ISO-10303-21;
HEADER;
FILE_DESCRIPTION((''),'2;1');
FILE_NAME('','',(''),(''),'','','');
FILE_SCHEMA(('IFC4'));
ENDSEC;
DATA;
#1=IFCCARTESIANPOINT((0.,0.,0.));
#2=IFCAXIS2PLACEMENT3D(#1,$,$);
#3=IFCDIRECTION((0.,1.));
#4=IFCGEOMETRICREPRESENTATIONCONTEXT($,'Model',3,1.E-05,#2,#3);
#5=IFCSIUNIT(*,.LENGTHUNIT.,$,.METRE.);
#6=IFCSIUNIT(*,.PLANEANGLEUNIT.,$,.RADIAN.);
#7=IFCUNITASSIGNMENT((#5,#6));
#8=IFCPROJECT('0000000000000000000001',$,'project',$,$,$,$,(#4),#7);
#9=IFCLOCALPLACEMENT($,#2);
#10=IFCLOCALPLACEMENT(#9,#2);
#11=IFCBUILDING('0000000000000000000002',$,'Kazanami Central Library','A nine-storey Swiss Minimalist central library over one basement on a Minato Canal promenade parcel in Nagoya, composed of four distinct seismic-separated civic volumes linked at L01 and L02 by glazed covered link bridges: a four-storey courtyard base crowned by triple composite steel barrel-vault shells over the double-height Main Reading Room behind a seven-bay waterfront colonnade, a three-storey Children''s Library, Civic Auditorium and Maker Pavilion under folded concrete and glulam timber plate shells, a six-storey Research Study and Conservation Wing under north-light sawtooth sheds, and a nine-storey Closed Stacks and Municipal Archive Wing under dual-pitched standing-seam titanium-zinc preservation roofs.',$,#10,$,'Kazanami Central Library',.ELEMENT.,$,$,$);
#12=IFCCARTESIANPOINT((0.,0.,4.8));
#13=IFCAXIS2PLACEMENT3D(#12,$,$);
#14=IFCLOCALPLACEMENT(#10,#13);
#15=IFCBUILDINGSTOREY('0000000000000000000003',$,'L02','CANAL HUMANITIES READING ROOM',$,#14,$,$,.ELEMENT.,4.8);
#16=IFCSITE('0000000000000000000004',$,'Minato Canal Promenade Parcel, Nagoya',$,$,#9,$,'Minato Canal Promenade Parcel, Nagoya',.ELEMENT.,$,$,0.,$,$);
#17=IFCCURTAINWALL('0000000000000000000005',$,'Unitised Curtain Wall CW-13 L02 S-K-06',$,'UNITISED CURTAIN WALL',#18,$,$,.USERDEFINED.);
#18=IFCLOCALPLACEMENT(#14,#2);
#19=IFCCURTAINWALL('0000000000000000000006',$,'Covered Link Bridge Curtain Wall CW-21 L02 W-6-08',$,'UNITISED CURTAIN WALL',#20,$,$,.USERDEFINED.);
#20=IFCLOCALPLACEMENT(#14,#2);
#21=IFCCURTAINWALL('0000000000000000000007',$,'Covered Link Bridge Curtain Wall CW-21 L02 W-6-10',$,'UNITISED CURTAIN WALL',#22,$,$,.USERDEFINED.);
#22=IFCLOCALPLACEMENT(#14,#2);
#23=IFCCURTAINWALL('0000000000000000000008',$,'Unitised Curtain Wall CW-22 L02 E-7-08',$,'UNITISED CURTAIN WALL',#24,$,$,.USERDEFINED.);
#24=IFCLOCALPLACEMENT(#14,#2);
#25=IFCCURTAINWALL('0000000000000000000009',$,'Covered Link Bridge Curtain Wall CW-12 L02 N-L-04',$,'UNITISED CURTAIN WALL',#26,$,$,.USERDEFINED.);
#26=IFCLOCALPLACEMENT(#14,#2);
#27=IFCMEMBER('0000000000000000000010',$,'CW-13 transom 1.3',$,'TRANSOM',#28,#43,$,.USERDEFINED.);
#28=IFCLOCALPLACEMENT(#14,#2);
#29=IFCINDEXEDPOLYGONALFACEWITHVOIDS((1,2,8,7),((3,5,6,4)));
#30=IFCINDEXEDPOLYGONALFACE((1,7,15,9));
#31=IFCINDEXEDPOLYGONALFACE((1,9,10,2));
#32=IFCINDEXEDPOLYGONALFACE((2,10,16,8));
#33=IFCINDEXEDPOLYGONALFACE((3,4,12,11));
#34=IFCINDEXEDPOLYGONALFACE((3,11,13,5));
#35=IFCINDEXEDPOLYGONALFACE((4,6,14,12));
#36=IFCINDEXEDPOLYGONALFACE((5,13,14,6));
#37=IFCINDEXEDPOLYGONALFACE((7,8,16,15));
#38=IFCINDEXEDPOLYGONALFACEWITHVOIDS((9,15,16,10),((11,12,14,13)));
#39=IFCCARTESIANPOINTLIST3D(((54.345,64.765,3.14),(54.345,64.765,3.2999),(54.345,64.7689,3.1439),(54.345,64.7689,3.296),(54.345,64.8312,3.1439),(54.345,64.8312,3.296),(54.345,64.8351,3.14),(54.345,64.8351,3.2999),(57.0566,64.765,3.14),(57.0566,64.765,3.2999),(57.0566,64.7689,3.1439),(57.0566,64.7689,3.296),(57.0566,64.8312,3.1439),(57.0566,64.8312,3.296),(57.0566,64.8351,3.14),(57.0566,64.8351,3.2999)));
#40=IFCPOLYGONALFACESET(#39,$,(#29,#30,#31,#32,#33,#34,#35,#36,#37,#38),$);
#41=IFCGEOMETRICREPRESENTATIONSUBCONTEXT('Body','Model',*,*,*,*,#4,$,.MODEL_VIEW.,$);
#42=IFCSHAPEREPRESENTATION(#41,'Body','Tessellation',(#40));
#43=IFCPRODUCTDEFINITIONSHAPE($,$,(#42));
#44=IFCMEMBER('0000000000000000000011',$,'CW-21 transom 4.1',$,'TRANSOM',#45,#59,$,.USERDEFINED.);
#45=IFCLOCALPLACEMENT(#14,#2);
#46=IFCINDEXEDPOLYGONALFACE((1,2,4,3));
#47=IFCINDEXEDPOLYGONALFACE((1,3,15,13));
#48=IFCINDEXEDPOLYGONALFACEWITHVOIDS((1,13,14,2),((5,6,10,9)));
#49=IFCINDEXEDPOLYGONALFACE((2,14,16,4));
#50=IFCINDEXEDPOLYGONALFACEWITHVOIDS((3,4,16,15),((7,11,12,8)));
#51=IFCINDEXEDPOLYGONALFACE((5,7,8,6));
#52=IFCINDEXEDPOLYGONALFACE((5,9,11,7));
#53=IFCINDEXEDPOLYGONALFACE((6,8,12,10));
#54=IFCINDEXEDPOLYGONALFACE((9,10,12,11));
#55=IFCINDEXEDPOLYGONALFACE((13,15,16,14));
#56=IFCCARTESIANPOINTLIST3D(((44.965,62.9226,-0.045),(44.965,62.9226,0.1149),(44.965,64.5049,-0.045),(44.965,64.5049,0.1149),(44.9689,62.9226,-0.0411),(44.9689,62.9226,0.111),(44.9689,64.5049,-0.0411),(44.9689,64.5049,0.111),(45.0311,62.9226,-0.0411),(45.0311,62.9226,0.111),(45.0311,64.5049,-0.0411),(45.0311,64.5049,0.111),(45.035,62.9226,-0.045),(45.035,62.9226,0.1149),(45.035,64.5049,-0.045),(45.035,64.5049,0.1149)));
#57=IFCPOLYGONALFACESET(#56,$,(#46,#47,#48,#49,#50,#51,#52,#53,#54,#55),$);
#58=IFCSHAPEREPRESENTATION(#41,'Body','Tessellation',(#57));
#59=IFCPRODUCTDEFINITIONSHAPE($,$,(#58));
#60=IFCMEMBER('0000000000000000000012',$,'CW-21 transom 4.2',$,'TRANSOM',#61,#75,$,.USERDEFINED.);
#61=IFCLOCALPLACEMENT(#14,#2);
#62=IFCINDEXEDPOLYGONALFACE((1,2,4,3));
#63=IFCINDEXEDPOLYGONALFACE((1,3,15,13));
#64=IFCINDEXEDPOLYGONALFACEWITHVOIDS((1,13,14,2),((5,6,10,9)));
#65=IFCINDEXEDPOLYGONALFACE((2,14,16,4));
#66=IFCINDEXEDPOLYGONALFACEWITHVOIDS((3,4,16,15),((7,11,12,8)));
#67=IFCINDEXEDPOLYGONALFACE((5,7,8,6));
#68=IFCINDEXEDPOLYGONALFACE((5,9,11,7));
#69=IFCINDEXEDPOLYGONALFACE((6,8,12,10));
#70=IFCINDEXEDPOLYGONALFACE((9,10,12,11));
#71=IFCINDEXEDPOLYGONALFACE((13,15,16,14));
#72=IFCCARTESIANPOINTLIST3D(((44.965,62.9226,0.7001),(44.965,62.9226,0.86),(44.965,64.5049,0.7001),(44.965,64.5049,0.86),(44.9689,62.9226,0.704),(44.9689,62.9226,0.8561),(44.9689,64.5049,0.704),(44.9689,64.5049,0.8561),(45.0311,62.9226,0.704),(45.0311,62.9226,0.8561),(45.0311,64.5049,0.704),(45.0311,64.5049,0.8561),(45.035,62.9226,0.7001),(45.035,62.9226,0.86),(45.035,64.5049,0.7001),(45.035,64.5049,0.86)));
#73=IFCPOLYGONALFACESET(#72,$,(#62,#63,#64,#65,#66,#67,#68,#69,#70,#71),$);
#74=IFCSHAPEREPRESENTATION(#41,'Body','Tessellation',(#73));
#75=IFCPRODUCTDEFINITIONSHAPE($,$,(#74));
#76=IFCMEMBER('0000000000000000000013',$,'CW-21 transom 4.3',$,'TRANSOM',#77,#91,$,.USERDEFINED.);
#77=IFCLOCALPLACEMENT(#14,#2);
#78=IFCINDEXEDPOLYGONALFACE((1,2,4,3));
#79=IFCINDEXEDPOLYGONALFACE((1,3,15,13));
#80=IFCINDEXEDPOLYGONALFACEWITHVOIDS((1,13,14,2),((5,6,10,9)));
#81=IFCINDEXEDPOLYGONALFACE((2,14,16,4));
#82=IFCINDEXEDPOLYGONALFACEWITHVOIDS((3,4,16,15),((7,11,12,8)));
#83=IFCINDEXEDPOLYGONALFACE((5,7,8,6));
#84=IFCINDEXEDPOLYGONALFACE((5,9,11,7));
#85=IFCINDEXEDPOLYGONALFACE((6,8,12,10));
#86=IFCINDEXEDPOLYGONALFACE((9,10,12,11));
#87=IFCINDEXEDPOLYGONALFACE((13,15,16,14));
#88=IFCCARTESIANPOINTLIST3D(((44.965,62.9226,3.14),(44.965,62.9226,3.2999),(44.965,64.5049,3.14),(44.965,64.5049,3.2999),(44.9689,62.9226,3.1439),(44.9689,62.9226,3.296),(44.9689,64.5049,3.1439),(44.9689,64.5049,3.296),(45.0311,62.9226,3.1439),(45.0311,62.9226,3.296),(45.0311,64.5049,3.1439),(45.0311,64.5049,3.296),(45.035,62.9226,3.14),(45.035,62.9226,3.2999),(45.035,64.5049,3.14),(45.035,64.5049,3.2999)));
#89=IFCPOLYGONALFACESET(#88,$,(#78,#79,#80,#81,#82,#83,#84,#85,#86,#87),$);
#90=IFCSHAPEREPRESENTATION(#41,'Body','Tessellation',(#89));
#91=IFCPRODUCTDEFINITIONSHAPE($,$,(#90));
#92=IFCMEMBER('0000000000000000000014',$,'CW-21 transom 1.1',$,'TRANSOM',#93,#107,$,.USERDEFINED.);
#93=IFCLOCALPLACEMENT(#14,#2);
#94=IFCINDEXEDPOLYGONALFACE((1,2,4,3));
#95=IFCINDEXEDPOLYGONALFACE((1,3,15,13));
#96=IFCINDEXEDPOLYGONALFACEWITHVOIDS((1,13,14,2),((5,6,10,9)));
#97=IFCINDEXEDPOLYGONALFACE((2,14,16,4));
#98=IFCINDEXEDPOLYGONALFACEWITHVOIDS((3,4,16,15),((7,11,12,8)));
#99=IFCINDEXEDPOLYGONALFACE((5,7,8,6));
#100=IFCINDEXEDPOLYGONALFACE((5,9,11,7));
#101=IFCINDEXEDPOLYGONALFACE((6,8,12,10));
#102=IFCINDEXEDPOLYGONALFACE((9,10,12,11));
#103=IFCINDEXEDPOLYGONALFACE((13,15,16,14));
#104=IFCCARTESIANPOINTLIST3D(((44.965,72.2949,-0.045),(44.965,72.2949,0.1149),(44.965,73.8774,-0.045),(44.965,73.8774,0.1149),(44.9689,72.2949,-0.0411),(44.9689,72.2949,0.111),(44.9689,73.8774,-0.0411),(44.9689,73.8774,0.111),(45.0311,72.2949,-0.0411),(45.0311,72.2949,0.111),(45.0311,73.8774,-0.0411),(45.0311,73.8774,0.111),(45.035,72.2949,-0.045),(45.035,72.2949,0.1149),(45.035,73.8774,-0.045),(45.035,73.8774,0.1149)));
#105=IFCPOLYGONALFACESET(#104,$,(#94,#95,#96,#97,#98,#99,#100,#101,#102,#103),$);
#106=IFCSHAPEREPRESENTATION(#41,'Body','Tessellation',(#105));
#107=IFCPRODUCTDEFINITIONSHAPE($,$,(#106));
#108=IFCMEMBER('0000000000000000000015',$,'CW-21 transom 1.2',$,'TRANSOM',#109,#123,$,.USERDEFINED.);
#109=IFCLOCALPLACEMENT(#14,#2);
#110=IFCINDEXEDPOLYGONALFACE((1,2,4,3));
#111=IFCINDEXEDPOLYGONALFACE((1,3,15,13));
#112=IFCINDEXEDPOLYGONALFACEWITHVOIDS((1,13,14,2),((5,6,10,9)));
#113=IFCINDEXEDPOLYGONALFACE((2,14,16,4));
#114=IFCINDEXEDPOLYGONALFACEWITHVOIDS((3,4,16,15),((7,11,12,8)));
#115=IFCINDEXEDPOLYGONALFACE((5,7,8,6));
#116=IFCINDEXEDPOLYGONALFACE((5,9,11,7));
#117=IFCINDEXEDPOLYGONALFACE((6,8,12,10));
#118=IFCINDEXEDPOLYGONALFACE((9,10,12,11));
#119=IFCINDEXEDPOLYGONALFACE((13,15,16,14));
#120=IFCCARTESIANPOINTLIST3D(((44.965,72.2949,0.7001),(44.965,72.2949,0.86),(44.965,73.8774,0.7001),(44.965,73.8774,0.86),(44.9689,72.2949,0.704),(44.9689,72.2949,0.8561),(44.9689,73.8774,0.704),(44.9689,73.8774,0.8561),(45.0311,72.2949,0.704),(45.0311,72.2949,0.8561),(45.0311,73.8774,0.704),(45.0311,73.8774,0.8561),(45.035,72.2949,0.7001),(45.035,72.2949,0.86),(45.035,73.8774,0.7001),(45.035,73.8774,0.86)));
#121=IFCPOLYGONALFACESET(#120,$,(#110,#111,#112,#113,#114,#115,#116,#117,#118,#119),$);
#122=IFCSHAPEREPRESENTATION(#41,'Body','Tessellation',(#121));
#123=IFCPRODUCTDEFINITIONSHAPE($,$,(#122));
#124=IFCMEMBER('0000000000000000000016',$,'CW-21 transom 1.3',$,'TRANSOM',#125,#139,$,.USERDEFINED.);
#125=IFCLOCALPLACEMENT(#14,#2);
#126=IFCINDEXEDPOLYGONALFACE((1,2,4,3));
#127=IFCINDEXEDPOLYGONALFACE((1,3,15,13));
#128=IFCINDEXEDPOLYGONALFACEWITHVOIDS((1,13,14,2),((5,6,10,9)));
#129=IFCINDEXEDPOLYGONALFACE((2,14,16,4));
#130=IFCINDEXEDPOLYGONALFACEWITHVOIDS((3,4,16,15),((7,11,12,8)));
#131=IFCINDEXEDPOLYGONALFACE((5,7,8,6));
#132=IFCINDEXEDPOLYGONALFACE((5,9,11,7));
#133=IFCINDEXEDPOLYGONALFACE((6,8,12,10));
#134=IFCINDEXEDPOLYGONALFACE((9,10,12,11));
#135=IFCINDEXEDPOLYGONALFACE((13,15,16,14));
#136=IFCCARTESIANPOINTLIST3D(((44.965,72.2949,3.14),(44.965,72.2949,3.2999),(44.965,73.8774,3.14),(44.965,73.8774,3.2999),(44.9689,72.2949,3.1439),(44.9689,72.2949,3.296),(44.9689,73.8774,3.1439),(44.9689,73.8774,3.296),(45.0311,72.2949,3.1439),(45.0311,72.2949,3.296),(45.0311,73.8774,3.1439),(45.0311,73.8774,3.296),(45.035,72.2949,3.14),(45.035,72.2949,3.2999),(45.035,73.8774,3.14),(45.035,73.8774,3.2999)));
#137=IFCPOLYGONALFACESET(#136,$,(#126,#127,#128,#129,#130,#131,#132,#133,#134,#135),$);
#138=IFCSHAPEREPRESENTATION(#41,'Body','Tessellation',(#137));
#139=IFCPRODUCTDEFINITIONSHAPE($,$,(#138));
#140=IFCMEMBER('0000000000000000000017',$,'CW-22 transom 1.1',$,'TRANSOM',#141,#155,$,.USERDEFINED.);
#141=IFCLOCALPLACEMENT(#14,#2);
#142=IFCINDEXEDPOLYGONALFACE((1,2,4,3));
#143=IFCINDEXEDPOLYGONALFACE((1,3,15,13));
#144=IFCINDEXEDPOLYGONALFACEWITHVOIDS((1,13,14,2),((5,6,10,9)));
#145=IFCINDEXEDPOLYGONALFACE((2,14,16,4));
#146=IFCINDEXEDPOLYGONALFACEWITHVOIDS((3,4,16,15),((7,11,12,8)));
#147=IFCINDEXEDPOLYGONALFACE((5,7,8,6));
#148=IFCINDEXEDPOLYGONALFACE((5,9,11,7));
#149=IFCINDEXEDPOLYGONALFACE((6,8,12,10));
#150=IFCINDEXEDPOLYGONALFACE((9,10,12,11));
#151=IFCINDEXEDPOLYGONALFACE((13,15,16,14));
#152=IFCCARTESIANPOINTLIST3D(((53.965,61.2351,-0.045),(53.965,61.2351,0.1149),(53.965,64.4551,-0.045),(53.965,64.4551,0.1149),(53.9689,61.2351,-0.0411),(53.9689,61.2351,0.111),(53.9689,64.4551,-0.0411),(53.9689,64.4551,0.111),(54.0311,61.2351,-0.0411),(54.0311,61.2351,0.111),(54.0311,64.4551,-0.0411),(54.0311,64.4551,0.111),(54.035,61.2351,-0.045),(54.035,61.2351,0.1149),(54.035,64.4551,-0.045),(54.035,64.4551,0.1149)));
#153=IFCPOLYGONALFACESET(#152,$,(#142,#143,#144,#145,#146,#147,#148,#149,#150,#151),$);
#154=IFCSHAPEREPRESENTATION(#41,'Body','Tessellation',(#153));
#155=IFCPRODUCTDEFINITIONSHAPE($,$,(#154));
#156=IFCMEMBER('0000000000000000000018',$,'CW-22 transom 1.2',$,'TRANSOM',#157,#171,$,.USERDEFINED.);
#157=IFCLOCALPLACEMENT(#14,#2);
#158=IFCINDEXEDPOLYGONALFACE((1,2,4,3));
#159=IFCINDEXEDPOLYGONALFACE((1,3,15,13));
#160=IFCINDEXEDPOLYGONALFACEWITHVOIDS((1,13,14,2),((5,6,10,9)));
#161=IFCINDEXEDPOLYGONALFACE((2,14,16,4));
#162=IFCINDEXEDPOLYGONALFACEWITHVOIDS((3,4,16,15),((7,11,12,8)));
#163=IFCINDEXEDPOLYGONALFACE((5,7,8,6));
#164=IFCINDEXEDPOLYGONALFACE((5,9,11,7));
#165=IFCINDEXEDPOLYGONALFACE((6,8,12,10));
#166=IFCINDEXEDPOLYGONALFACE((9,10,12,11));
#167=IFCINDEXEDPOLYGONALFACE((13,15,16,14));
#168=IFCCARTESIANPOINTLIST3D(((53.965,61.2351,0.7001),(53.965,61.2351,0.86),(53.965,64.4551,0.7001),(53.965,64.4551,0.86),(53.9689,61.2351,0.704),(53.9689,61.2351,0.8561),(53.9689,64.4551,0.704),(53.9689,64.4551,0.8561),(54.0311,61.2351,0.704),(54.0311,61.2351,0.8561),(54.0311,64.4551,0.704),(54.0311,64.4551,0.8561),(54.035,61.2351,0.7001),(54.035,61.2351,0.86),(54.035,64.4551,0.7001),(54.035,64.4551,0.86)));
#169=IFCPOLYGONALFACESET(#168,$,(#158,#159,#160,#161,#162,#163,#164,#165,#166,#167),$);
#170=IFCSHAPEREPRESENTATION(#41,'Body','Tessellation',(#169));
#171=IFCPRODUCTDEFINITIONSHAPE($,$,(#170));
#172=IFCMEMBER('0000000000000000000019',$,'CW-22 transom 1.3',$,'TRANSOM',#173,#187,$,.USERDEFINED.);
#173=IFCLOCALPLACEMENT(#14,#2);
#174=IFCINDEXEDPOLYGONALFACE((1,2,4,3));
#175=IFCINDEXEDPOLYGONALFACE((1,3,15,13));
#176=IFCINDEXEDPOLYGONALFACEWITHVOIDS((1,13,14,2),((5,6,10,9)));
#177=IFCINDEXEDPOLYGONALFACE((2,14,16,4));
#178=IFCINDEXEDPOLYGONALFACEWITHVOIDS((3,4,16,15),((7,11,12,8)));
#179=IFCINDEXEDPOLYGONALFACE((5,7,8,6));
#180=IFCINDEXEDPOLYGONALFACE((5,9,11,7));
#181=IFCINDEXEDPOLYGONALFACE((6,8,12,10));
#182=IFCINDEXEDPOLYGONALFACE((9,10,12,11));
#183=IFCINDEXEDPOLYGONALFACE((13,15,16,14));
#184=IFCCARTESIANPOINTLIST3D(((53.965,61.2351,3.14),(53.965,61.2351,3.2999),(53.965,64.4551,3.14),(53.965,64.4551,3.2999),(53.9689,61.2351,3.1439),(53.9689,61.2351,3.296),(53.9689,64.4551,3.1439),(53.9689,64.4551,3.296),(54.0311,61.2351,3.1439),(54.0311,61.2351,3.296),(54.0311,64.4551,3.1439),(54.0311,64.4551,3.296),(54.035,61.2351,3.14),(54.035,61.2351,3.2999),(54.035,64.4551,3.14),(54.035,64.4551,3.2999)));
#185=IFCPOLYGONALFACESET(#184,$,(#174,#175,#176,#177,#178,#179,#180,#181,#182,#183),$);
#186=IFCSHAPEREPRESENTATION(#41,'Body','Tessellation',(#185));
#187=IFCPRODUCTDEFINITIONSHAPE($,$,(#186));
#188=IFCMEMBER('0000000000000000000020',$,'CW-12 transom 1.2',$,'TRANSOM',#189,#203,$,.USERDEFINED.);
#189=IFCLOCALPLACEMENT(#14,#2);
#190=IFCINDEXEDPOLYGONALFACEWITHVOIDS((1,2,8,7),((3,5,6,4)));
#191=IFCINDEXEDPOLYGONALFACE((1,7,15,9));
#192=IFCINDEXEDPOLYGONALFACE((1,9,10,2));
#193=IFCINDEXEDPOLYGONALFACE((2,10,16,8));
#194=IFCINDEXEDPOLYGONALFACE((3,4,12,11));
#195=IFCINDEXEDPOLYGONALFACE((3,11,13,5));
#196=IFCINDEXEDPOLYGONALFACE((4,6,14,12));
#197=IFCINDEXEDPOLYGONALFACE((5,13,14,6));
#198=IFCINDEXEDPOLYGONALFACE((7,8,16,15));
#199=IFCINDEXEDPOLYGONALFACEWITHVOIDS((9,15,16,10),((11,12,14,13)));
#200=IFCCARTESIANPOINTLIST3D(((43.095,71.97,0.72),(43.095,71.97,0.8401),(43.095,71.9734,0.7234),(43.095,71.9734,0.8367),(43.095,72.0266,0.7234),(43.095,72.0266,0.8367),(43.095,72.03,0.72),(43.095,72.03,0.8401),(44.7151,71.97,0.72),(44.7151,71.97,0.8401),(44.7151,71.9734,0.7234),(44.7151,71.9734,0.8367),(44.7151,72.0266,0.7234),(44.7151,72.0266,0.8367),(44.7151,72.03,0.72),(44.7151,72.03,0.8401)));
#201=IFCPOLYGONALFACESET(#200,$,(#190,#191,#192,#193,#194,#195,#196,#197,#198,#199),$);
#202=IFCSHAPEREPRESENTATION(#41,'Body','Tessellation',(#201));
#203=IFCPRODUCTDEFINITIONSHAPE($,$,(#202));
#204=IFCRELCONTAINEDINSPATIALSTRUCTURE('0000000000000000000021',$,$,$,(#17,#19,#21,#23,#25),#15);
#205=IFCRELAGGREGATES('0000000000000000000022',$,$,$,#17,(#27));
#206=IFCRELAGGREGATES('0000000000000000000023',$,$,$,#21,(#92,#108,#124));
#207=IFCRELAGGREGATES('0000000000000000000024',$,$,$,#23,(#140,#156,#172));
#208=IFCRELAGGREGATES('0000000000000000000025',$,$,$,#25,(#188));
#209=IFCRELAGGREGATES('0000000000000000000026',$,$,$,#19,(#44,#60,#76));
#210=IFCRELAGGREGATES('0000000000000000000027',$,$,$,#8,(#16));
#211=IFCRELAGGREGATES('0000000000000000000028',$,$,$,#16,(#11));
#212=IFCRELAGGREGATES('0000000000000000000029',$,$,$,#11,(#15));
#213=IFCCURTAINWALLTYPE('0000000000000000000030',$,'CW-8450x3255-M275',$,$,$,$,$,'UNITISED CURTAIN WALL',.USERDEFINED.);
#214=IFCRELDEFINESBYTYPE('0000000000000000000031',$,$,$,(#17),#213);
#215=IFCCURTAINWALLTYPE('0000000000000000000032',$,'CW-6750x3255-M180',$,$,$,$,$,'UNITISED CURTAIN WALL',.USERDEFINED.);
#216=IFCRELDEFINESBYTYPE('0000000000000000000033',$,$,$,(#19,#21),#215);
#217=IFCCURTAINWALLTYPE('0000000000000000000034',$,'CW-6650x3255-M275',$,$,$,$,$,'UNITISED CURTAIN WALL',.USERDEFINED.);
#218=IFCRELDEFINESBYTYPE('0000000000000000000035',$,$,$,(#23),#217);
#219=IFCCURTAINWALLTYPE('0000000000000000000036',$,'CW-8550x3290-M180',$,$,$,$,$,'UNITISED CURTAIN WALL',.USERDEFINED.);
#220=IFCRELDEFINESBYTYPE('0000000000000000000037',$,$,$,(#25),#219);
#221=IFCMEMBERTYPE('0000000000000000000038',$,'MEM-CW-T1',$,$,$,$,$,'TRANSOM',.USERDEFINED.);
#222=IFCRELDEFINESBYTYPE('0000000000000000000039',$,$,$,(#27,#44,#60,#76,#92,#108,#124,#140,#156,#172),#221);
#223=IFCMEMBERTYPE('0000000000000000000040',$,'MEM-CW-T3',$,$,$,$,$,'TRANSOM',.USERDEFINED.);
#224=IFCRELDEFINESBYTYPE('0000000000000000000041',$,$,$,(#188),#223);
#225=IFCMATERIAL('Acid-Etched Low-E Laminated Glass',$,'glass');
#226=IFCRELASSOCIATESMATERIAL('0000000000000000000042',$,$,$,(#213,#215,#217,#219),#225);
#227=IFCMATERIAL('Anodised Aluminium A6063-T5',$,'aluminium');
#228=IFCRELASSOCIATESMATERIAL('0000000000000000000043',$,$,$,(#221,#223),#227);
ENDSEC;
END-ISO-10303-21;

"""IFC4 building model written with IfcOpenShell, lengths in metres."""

from ifc_helpers import new_model, si_unit, direction, frame, origin, origin_2d, place, context, subcontext, project, spatial, hollow_rectangle, extrude, material, material_profile, profile_set, type_object, element, aggregate, save


model = new_model("IFC4")

# Units and contexts
model_context = context("Model", 3, precision=1e-05, world=origin(), true_north=direction((0.0, 1.0)))
body_context = subcontext(model_context, "Body", "Model", "MODEL_VIEW")
ifc_project = project(units=[si_unit("LENGTHUNIT", "METRE"), si_unit("PLANEANGLEUNIT", "RADIAN")], contexts=[model_context])

# Site, building, storey
site_placement = place(None, origin())
site = spatial("IfcSite", under=ifc_project, at=site_placement, Name="Minato Canal Promenade Parcel, Nagoya", LongName="Minato Canal Promenade Parcel, Nagoya", CompositionType="ELEMENT", RefElevation=0.0)
building_placement = place(site_placement, origin())
building = spatial("IfcBuilding", under=site, at=building_placement, Name="Kazanami Central Library", Description="A nine-storey Swiss Minimalist central library over one basement on a Minato Canal promenade parcel in Nagoya, composed of four distinct seismic-separated civic volumes linked at L01 and L02 by glazed covered link bridges: a four-storey courtyard base crowned by triple composite steel barrel-vault shells over the double-height Main Reading Room behind a seven-bay waterfront colonnade, a three-storey Children's Library, Civic Auditorium and Maker Pavilion under folded concrete and glulam timber plate shells, a six-storey Research Study and Conservation Wing under north-light sawtooth sheds, and a nine-storey Closed Stacks and Municipal Archive Wing under dual-pitched standing-seam titanium-zinc preservation roofs.", LongName="Kazanami Central Library", CompositionType="ELEMENT")
storey_placement = place(building_placement, frame((0.0, 0.0, 4.8)))
storey = spatial("IfcBuildingStorey", under=building, at=storey_placement, Name="L02", Description="CANAL HUMANITIES READING ROOM", CompositionType="ELEMENT", Elevation=4.8)

# Curtain walls
ifc_material_1 = material(Name="Acid-Etched Low-E Laminated Glass", Category="glass")
curtain_wall_type_1 = type_object("IfcCurtainWallType", Name="CW-8450x3255-M275", ElementType="UNITISED CURTAIN WALL", PredefinedType="USERDEFINED", material=ifc_material_1)
curtain_wall_1_placement = place(storey_placement, origin())
curtain_wall_1 = element("IfcCurtainWall", 1, at=curtain_wall_1_placement, inside=storey, type_object=curtain_wall_type_1, Name="Unitised Curtain Wall CW-13 L02 S-K-06", ObjectType="UNITISED CURTAIN WALL", PredefinedType="USERDEFINED")
ifc_material_2 = material(Name="Anodised Aluminium A6063-T5", Category="aluminium")
curtain_wall_type_2 = type_object("IfcCurtainWallType", Name="CW-6750x3255-M180", ElementType="UNITISED CURTAIN WALL", PredefinedType="USERDEFINED", material=ifc_material_1)
curtain_wall_2_placement = place(storey_placement, origin())
curtain_wall_2 = element("IfcCurtainWall", 2, at=curtain_wall_2_placement, inside=storey, type_object=curtain_wall_type_2, Name="Covered Link Bridge Curtain Wall CW-21 L02 W-6-08", ObjectType="UNITISED CURTAIN WALL", PredefinedType="USERDEFINED")
curtain_wall_3_placement = place(storey_placement, origin())
curtain_wall_3 = element("IfcCurtainWall", 3, at=curtain_wall_3_placement, inside=storey, type_object=curtain_wall_type_2, Name="Covered Link Bridge Curtain Wall CW-21 L02 W-6-10", ObjectType="UNITISED CURTAIN WALL", PredefinedType="USERDEFINED")
curtain_wall_type_3 = type_object("IfcCurtainWallType", Name="CW-6650x3255-M275", ElementType="UNITISED CURTAIN WALL", PredefinedType="USERDEFINED", material=ifc_material_1)
curtain_wall_4_placement = place(storey_placement, origin())
curtain_wall_4 = element("IfcCurtainWall", 4, at=curtain_wall_4_placement, inside=storey, type_object=curtain_wall_type_3, Name="Unitised Curtain Wall CW-22 L02 E-7-08", ObjectType="UNITISED CURTAIN WALL", PredefinedType="USERDEFINED")
curtain_wall_type_4 = type_object("IfcCurtainWallType", Name="CW-8550x3290-M180", ElementType="UNITISED CURTAIN WALL", PredefinedType="USERDEFINED", material=ifc_material_1)
curtain_wall_5_placement = place(storey_placement, origin())
curtain_wall_5 = element("IfcCurtainWall", 5, at=curtain_wall_5_placement, inside=storey, type_object=curtain_wall_type_4, Name="Covered Link Bridge Curtain Wall CW-12 L02 N-L-04", ObjectType="UNITISED CURTAIN WALL", PredefinedType="USERDEFINED")

# Members
ifc_material_profile_1 = material_profile(ifc_material_2, hollow_rectangle(XDim=0.0701, YDim=0.1599, WallThickness=0.0039, at=origin_2d()), Name="ALU-TRAN-70x160x4")
ifc_profile_set_1 = profile_set([ifc_material_profile_1], Name="Anodised Aluminium A6063-T5")
member_type_1 = type_object("IfcMemberType", Name="MEM-CW-T1", ElementType="TRANSOM", PredefinedType="USERDEFINED", material=ifc_profile_set_1)
member_1_placement = place(storey_placement, frame((54.345, 64.8, 3.22), z_axis=(1.0, 0.0, 0.0), x_axis=(0.0, 1.0, 0.0)))
member_1 = element("IfcMember", 6, at=member_1_placement, type_object=member_type_1, Name="CW-13 transom 1.3", ObjectType="TRANSOM", PredefinedType="USERDEFINED", context=body_context, shape_type="SweptSolid", body=[
    extrude(hollow_rectangle(XDim=0.0701, YDim=0.1599, WallThickness=0.0039, at=origin_2d()), origin(), (0.0, 0.0, 1.0), 2.7117),
])
aggregate(curtain_wall_1, [member_1])
member_2_placement = place(storey_placement, frame((45.0, 62.9226, 0.0349), z_axis=(0.0, 1.0, 0.0), x_axis=(-1.0, 0.0, 0.0)))
member_2 = element("IfcMember", 7, at=member_2_placement, type_object=member_type_1, Name="CW-21 transom 4.1", ObjectType="TRANSOM", PredefinedType="USERDEFINED", context=body_context, shape_type="SweptSolid", body=[
    extrude(hollow_rectangle(XDim=0.0701, YDim=0.1599, WallThickness=0.0039, at=origin_2d()), origin(), (0.0, 0.0, 1.0), 1.5823),
])
member_3_placement = place(storey_placement, frame((45.0, 62.9226, 0.78), z_axis=(0.0, 1.0, 0.0), x_axis=(-1.0, 0.0, 0.0)))
member_3 = element("IfcMember", 8, at=member_3_placement, type_object=member_type_1, Name="CW-21 transom 4.2", ObjectType="TRANSOM", PredefinedType="USERDEFINED", context=body_context, shape_type="SweptSolid", body=[
    extrude(hollow_rectangle(XDim=0.0701, YDim=0.1599, WallThickness=0.0039, at=origin_2d()), origin(), (0.0, 0.0, 1.0), 1.5823),
])
member_4_placement = place(storey_placement, frame((45.0, 62.9226, 3.22), z_axis=(0.0, 1.0, 0.0), x_axis=(-1.0, 0.0, 0.0)))
member_4 = element("IfcMember", 9, at=member_4_placement, type_object=member_type_1, Name="CW-21 transom 4.3", ObjectType="TRANSOM", PredefinedType="USERDEFINED", context=body_context, shape_type="SweptSolid", body=[
    extrude(hollow_rectangle(XDim=0.0701, YDim=0.1599, WallThickness=0.0039, at=origin_2d()), origin(), (0.0, 0.0, 1.0), 1.5823),
])
member_5_placement = place(storey_placement, frame((45.0, 72.2949, 0.0349), z_axis=(0.0, 1.0, 0.0), x_axis=(-1.0, 0.0, 0.0)))
member_5 = element("IfcMember", 10, at=member_5_placement, type_object=member_type_1, Name="CW-21 transom 1.1", ObjectType="TRANSOM", PredefinedType="USERDEFINED", context=body_context, shape_type="SweptSolid", body=[
    extrude(hollow_rectangle(XDim=0.0701, YDim=0.1599, WallThickness=0.0039, at=origin_2d()), origin(), (0.0, 0.0, 1.0), 1.5825),
])
member_6_placement = place(storey_placement, frame((45.0, 72.2949, 0.78), z_axis=(0.0, 1.0, 0.0), x_axis=(-1.0, 0.0, 0.0)))
member_6 = element("IfcMember", 11, at=member_6_placement, type_object=member_type_1, Name="CW-21 transom 1.2", ObjectType="TRANSOM", PredefinedType="USERDEFINED", context=body_context, shape_type="SweptSolid", body=[
    extrude(hollow_rectangle(XDim=0.0701, YDim=0.1599, WallThickness=0.0039, at=origin_2d()), origin(), (0.0, 0.0, 1.0), 1.5825),
])
member_7_placement = place(storey_placement, frame((45.0, 72.2949, 3.22), z_axis=(0.0, 1.0, 0.0), x_axis=(-1.0, 0.0, 0.0)))
member_7 = element("IfcMember", 12, at=member_7_placement, type_object=member_type_1, Name="CW-21 transom 1.3", ObjectType="TRANSOM", PredefinedType="USERDEFINED", context=body_context, shape_type="SweptSolid", body=[
    extrude(hollow_rectangle(XDim=0.0701, YDim=0.1599, WallThickness=0.0039, at=origin_2d()), origin(), (0.0, 0.0, 1.0), 1.5825),
])
aggregate(curtain_wall_3, [member_5, member_6, member_7])
member_8_placement = place(storey_placement, frame((54.0, 64.4551, 0.0349), z_axis=(0.0, -1.0, 0.0), x_axis=(1.0, 0.0, 0.0)))
member_8 = element("IfcMember", 13, at=member_8_placement, type_object=member_type_1, Name="CW-22 transom 1.1", ObjectType="TRANSOM", PredefinedType="USERDEFINED", context=body_context, shape_type="SweptSolid", body=[
    extrude(hollow_rectangle(XDim=0.0701, YDim=0.1599, WallThickness=0.0039, at=origin_2d()), origin(), (0.0, 0.0, 1.0), 3.22),
])
member_9_placement = place(storey_placement, frame((54.0, 64.4551, 0.78), z_axis=(0.0, -1.0, 0.0), x_axis=(1.0, 0.0, 0.0)))
member_9 = element("IfcMember", 14, at=member_9_placement, type_object=member_type_1, Name="CW-22 transom 1.2", ObjectType="TRANSOM", PredefinedType="USERDEFINED", context=body_context, shape_type="SweptSolid", body=[
    extrude(hollow_rectangle(XDim=0.0701, YDim=0.1599, WallThickness=0.0039, at=origin_2d()), origin(), (0.0, 0.0, 1.0), 3.22),
])
member_10_placement = place(storey_placement, frame((54.0, 64.4551, 3.22), z_axis=(0.0, -1.0, 0.0), x_axis=(1.0, 0.0, 0.0)))
member_10 = element("IfcMember", 15, at=member_10_placement, type_object=member_type_1, Name="CW-22 transom 1.3", ObjectType="TRANSOM", PredefinedType="USERDEFINED", context=body_context, shape_type="SweptSolid", body=[
    extrude(hollow_rectangle(XDim=0.0701, YDim=0.1599, WallThickness=0.0039, at=origin_2d()), origin(), (0.0, 0.0, 1.0), 3.22),
])
aggregate(curtain_wall_4, [member_8, member_9, member_10])
ifc_material_profile_2 = material_profile(ifc_material_2, hollow_rectangle(XDim=0.0601, YDim=0.1201, WallThickness=0.0034, at=origin_2d()), Name="ALU-TRAN-60x120x3.5")
ifc_profile_set_2 = profile_set([ifc_material_profile_2], Name="Anodised Aluminium A6063-T5")
member_type_2 = type_object("IfcMemberType", Name="MEM-CW-T3", ElementType="TRANSOM", PredefinedType="USERDEFINED", material=ifc_profile_set_2)
member_11_placement = place(storey_placement, frame((44.7151, 72.0, 0.78), z_axis=(-1.0, 0.0, 0.0), x_axis=(0.0, -1.0, 0.0)))
member_11 = element("IfcMember", 16, at=member_11_placement, type_object=member_type_2, Name="CW-12 transom 1.2", ObjectType="TRANSOM", PredefinedType="USERDEFINED", context=body_context, shape_type="SweptSolid", body=[
    extrude(hollow_rectangle(XDim=0.0601, YDim=0.1201, WallThickness=0.0034, at=origin_2d()), origin(), (0.0, 0.0, 1.0), 1.6201),
])
aggregate(curtain_wall_5, [member_11])

aggregate(curtain_wall_2, [member_2, member_3, member_4])

save(model, "model.ifc")
